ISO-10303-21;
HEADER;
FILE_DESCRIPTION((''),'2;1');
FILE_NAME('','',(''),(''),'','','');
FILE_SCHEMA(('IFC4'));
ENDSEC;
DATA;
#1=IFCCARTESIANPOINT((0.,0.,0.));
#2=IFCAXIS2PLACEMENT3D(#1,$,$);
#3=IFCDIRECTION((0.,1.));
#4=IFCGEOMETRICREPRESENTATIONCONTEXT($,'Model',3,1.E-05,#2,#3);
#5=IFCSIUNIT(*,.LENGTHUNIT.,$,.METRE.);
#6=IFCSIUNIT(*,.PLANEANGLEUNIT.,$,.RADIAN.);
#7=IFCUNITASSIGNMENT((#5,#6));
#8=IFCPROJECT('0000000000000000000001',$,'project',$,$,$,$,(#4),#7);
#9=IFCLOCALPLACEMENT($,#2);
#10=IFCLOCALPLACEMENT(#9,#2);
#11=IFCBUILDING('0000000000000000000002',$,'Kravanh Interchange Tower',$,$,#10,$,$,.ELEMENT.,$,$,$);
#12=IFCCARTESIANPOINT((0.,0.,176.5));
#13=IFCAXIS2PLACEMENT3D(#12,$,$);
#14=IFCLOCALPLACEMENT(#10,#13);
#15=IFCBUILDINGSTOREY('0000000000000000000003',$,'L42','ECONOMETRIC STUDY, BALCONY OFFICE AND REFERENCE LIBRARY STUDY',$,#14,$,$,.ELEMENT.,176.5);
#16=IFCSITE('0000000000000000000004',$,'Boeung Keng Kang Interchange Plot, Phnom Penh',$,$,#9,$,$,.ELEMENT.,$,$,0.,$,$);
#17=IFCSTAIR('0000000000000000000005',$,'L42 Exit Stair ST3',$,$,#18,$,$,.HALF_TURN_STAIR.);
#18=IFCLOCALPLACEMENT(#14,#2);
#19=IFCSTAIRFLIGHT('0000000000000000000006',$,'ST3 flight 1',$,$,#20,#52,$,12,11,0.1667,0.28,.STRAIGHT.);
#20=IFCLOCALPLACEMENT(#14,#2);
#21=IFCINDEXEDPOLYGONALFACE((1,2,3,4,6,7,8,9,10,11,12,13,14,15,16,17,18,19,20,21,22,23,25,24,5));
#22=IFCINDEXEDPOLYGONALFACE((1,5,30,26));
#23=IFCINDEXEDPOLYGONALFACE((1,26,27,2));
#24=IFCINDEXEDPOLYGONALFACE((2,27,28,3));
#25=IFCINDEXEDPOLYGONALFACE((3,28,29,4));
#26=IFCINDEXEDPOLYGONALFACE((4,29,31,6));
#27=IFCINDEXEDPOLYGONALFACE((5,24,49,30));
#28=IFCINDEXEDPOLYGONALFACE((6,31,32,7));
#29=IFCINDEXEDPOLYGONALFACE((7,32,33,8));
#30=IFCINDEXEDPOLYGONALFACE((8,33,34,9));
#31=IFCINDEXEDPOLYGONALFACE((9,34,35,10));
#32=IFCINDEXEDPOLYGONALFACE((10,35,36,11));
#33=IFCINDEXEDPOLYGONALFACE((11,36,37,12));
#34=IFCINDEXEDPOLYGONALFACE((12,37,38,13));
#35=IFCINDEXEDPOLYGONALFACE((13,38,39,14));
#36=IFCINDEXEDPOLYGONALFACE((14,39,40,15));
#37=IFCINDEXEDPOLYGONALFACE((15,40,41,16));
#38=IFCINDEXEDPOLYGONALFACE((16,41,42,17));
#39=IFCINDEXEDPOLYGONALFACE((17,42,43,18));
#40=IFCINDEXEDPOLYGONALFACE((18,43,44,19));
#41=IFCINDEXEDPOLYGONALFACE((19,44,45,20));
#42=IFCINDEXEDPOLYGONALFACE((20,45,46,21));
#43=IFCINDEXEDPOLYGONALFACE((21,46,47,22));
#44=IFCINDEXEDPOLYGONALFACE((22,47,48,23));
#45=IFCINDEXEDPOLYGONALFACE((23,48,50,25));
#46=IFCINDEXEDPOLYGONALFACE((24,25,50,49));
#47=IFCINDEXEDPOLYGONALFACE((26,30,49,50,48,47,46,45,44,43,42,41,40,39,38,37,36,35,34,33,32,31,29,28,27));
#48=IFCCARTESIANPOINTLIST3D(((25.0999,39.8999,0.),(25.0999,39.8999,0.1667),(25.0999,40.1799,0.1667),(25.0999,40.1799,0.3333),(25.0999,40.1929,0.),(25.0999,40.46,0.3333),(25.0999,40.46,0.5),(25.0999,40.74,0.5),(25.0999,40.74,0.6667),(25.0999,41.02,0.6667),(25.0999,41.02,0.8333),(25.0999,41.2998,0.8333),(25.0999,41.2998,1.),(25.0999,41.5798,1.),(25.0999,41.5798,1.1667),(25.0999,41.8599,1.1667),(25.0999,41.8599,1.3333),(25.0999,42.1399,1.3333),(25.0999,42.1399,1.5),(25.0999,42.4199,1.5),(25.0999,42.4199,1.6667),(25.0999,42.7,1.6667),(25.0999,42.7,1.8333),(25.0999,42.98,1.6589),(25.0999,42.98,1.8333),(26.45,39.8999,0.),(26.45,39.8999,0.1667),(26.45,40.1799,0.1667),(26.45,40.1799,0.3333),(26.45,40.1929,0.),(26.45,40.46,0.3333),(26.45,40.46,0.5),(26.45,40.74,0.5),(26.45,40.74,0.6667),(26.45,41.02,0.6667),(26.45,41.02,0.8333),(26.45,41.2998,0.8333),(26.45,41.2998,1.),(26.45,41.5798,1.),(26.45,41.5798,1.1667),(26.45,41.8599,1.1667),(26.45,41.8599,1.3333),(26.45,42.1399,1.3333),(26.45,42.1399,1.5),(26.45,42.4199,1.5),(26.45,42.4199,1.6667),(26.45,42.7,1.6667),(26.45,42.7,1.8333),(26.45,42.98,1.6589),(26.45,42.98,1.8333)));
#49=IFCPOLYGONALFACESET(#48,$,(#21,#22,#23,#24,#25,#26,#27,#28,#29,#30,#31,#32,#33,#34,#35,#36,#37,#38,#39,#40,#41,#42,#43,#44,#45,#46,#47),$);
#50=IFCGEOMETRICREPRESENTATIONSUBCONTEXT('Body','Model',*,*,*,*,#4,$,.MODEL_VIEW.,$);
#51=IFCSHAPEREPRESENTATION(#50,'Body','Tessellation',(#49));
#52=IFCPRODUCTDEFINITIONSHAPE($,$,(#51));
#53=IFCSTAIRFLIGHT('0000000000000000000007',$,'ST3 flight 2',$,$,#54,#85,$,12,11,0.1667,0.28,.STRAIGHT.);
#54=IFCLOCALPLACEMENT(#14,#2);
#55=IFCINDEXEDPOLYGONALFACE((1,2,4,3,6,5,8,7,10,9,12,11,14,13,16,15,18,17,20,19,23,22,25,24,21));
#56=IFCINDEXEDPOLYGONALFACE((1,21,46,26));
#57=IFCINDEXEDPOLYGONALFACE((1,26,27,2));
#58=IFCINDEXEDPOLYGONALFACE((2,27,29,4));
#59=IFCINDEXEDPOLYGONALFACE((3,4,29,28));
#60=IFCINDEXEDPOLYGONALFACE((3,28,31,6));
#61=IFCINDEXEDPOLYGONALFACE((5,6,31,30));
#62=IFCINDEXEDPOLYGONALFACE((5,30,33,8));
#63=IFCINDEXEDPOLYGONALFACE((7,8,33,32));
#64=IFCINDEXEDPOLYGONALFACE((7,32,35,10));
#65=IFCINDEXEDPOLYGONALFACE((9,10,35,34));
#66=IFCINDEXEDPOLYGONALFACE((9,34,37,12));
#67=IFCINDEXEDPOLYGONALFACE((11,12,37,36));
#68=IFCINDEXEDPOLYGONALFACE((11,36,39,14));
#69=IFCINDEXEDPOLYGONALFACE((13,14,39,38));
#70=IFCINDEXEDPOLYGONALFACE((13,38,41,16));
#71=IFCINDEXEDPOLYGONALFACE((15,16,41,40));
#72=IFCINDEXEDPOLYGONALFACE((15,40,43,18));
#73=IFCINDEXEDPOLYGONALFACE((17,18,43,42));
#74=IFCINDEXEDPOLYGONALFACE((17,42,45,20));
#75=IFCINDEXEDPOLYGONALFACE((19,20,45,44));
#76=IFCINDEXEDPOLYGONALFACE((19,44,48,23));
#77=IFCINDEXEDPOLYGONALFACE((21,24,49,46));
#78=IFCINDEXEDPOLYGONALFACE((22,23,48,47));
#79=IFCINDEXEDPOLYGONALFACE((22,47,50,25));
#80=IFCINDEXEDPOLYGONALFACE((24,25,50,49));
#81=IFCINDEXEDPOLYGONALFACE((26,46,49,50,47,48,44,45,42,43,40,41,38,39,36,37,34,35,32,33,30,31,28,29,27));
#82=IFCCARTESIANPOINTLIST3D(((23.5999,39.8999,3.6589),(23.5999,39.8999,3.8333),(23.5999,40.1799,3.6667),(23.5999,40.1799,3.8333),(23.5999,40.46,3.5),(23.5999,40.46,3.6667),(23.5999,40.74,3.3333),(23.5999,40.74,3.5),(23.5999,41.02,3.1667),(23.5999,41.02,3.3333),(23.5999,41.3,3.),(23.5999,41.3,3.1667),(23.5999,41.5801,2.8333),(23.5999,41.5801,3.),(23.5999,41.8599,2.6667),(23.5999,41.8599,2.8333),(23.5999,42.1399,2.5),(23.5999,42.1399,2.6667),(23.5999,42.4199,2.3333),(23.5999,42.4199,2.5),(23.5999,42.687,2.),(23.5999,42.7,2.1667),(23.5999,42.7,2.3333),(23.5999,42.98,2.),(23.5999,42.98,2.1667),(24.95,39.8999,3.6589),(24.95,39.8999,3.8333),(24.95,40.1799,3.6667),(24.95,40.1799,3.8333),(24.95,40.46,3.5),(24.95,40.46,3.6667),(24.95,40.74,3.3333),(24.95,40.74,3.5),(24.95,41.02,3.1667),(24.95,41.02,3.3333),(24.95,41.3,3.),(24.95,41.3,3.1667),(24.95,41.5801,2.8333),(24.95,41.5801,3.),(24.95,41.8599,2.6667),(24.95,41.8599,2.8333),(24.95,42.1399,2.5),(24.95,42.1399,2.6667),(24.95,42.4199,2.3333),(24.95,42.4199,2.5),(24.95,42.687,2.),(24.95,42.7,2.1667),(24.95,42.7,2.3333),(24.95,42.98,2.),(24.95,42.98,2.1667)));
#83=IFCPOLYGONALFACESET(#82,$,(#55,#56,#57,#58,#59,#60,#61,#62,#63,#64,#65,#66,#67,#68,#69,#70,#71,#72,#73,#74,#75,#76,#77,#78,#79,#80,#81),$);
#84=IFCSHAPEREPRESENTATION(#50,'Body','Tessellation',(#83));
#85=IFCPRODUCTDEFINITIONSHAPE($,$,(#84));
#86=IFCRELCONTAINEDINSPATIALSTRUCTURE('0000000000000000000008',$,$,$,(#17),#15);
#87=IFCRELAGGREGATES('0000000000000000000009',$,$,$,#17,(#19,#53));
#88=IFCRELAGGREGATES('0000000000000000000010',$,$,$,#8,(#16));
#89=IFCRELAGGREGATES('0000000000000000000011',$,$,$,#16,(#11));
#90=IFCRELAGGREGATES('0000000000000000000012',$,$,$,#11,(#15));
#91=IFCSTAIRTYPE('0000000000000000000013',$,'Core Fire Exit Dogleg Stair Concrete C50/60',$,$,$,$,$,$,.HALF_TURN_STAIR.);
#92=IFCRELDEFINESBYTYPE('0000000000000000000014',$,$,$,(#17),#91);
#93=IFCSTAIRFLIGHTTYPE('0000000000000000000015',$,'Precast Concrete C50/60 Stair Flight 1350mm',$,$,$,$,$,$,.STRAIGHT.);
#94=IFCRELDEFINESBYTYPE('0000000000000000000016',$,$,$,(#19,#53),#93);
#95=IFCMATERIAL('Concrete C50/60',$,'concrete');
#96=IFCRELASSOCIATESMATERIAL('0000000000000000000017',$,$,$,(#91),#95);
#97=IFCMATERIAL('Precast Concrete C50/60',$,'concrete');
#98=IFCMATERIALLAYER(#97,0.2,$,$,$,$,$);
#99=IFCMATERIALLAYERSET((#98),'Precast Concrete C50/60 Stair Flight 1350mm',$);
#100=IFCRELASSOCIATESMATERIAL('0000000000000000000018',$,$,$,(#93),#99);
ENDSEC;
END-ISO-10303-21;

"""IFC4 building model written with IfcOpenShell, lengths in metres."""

from ifc_helpers import new_model, si_unit, direction, frame, origin, place, context, subcontext, project, spatial, polyline, outline, extrude, material, layer, layer_set, type_object, element, aggregate, save


model = new_model("IFC4")

# Units and contexts
model_context = context("Model", 3, precision=1e-05, world=origin(), true_north=direction((0.0, 1.0)))
body_context = subcontext(model_context, "Body", "Model", "MODEL_VIEW")
ifc_project = project(units=[si_unit("LENGTHUNIT", "METRE"), si_unit("PLANEANGLEUNIT", "RADIAN")], contexts=[model_context])

# Site, building, storey
site_placement = place(None, origin())
site = spatial("IfcSite", under=ifc_project, at=site_placement, Name="Boeung Keng Kang Interchange Plot, Phnom Penh", CompositionType="ELEMENT", RefElevation=0.0)
building_placement = place(site_placement, origin())
building = spatial("IfcBuilding", under=site, at=building_placement, Name="Kravanh Interchange Tower", CompositionType="ELEMENT")
storey_placement = place(building_placement, frame((0.0, 0.0, 176.5)))
storey = spatial("IfcBuildingStorey", under=building, at=storey_placement, Name="L42", Description="ECONOMETRIC STUDY, BALCONY OFFICE AND REFERENCE LIBRARY STUDY", CompositionType="ELEMENT", Elevation=176.5)

# Stair, stair flights
ifc_material_1 = material(Name="Concrete C50/60", Category="concrete")
stair_type = type_object("IfcStairType", Name="Core Fire Exit Dogleg Stair Concrete C50/60", PredefinedType="HALF_TURN_STAIR", material=ifc_material_1)
stair_placement = place(storey_placement, origin())
stair = element("IfcStair", 1, at=stair_placement, inside=storey, type_object=stair_type, Name="L42 Exit Stair ST3", PredefinedType="HALF_TURN_STAIR")
ifc_material_2 = material(Name="Precast Concrete C50/60", Category="concrete")
ifc_layer_1 = layer(ifc_material_2, 0.2)
ifc_layer_set_1 = layer_set([ifc_layer_1], Name="Precast Concrete C50/60 Stair Flight 1350mm")
stair_flight_type = type_object("IfcStairFlightType", Name="Precast Concrete C50/60 Stair Flight 1350mm", PredefinedType="STRAIGHT", material=ifc_layer_set_1)
stair_flight_1_placement = place(storey_placement, frame((25.7749, 39.8999, 0.0), z_axis=(0.0, 0.0, 1.0), x_axis=(0.0, 1.0, 0.0)))
stair_flight_1 = element("IfcStairFlight", 2, at=stair_flight_1_placement, type_object=stair_flight_type, Name="ST3 flight 1", NumberOfRisers=12, NumberOfTreads=11, PredefinedType="STRAIGHT", RiserHeight=0.1667, TreadLength=0.28, context=body_context, shape_type="SweptSolid", body=[
    extrude(outline(polyline([(0.0, 0.0), (0.0, 0.1667), (0.28, 0.1667), (0.28, 0.3333), (0.5601, 0.3333), (0.5601, 0.5), (0.8401, 0.5), (0.8401, 0.6667), (1.1201, 0.6667), (1.1201, 0.8333), (1.3999, 0.8333), (1.3999, 1.0), (1.6799, 1.0), (1.6799, 1.1667), (1.96, 1.1667), (1.96, 1.3333), (2.24, 1.3333), (2.24, 1.5), (2.52, 1.5), (2.52, 1.6667), (2.8, 1.6667), (2.8, 1.8333), (3.0801, 1.8333), (3.0801, 2.0), (3.0801, 1.6589), (0.293, 0.0), (0.0, 0.0)])), frame((0.0, 0.675, 0.0), z_axis=(0.0, -1.0, 0.0), x_axis=(1.0, 0.0, 0.0)), (0.0, 0.0, 1.0), 1.3501),
])
stair_flight_2_placement = place(storey_placement, frame((24.2749, 42.98, 2.0), z_axis=(0.0, 0.0, 1.0), x_axis=(0.0, -1.0, 0.0)))
stair_flight_2 = element("IfcStairFlight", 3, at=stair_flight_2_placement, type_object=stair_flight_type, Name="ST3 flight 2", NumberOfRisers=12, NumberOfTreads=11, PredefinedType="STRAIGHT", RiserHeight=0.1667, TreadLength=0.28, context=body_context, shape_type="SweptSolid", body=[
    extrude(outline(polyline([(0.0, 0.0), (0.0, 0.1667), (0.28, 0.1667), (0.28, 0.3333), (0.5601, 0.3333), (0.5601, 0.5), (0.8401, 0.5), (0.8401, 0.6667), (1.1201, 0.6667), (1.1201, 0.8333), (1.3999, 0.8333), (1.3999, 1.0), (1.6799, 1.0), (1.6799, 1.1667), (1.96, 1.1667), (1.96, 1.3333), (2.24, 1.3333), (2.24, 1.5), (2.52, 1.5), (2.52, 1.6667), (2.8, 1.6667), (2.8, 1.8333), (3.0801, 1.8333), (3.0801, 2.0), (3.0801, 1.6589), (0.293, 0.0), (0.0, 0.0)])), frame((0.0, 0.675, 0.0), z_axis=(0.0, -1.0, 0.0), x_axis=(1.0, 0.0, 0.0)), (0.0, 0.0, 1.0), 1.3501),
])
aggregate(stair, [stair_flight_1, stair_flight_2])

save(model, "model.ifc")
